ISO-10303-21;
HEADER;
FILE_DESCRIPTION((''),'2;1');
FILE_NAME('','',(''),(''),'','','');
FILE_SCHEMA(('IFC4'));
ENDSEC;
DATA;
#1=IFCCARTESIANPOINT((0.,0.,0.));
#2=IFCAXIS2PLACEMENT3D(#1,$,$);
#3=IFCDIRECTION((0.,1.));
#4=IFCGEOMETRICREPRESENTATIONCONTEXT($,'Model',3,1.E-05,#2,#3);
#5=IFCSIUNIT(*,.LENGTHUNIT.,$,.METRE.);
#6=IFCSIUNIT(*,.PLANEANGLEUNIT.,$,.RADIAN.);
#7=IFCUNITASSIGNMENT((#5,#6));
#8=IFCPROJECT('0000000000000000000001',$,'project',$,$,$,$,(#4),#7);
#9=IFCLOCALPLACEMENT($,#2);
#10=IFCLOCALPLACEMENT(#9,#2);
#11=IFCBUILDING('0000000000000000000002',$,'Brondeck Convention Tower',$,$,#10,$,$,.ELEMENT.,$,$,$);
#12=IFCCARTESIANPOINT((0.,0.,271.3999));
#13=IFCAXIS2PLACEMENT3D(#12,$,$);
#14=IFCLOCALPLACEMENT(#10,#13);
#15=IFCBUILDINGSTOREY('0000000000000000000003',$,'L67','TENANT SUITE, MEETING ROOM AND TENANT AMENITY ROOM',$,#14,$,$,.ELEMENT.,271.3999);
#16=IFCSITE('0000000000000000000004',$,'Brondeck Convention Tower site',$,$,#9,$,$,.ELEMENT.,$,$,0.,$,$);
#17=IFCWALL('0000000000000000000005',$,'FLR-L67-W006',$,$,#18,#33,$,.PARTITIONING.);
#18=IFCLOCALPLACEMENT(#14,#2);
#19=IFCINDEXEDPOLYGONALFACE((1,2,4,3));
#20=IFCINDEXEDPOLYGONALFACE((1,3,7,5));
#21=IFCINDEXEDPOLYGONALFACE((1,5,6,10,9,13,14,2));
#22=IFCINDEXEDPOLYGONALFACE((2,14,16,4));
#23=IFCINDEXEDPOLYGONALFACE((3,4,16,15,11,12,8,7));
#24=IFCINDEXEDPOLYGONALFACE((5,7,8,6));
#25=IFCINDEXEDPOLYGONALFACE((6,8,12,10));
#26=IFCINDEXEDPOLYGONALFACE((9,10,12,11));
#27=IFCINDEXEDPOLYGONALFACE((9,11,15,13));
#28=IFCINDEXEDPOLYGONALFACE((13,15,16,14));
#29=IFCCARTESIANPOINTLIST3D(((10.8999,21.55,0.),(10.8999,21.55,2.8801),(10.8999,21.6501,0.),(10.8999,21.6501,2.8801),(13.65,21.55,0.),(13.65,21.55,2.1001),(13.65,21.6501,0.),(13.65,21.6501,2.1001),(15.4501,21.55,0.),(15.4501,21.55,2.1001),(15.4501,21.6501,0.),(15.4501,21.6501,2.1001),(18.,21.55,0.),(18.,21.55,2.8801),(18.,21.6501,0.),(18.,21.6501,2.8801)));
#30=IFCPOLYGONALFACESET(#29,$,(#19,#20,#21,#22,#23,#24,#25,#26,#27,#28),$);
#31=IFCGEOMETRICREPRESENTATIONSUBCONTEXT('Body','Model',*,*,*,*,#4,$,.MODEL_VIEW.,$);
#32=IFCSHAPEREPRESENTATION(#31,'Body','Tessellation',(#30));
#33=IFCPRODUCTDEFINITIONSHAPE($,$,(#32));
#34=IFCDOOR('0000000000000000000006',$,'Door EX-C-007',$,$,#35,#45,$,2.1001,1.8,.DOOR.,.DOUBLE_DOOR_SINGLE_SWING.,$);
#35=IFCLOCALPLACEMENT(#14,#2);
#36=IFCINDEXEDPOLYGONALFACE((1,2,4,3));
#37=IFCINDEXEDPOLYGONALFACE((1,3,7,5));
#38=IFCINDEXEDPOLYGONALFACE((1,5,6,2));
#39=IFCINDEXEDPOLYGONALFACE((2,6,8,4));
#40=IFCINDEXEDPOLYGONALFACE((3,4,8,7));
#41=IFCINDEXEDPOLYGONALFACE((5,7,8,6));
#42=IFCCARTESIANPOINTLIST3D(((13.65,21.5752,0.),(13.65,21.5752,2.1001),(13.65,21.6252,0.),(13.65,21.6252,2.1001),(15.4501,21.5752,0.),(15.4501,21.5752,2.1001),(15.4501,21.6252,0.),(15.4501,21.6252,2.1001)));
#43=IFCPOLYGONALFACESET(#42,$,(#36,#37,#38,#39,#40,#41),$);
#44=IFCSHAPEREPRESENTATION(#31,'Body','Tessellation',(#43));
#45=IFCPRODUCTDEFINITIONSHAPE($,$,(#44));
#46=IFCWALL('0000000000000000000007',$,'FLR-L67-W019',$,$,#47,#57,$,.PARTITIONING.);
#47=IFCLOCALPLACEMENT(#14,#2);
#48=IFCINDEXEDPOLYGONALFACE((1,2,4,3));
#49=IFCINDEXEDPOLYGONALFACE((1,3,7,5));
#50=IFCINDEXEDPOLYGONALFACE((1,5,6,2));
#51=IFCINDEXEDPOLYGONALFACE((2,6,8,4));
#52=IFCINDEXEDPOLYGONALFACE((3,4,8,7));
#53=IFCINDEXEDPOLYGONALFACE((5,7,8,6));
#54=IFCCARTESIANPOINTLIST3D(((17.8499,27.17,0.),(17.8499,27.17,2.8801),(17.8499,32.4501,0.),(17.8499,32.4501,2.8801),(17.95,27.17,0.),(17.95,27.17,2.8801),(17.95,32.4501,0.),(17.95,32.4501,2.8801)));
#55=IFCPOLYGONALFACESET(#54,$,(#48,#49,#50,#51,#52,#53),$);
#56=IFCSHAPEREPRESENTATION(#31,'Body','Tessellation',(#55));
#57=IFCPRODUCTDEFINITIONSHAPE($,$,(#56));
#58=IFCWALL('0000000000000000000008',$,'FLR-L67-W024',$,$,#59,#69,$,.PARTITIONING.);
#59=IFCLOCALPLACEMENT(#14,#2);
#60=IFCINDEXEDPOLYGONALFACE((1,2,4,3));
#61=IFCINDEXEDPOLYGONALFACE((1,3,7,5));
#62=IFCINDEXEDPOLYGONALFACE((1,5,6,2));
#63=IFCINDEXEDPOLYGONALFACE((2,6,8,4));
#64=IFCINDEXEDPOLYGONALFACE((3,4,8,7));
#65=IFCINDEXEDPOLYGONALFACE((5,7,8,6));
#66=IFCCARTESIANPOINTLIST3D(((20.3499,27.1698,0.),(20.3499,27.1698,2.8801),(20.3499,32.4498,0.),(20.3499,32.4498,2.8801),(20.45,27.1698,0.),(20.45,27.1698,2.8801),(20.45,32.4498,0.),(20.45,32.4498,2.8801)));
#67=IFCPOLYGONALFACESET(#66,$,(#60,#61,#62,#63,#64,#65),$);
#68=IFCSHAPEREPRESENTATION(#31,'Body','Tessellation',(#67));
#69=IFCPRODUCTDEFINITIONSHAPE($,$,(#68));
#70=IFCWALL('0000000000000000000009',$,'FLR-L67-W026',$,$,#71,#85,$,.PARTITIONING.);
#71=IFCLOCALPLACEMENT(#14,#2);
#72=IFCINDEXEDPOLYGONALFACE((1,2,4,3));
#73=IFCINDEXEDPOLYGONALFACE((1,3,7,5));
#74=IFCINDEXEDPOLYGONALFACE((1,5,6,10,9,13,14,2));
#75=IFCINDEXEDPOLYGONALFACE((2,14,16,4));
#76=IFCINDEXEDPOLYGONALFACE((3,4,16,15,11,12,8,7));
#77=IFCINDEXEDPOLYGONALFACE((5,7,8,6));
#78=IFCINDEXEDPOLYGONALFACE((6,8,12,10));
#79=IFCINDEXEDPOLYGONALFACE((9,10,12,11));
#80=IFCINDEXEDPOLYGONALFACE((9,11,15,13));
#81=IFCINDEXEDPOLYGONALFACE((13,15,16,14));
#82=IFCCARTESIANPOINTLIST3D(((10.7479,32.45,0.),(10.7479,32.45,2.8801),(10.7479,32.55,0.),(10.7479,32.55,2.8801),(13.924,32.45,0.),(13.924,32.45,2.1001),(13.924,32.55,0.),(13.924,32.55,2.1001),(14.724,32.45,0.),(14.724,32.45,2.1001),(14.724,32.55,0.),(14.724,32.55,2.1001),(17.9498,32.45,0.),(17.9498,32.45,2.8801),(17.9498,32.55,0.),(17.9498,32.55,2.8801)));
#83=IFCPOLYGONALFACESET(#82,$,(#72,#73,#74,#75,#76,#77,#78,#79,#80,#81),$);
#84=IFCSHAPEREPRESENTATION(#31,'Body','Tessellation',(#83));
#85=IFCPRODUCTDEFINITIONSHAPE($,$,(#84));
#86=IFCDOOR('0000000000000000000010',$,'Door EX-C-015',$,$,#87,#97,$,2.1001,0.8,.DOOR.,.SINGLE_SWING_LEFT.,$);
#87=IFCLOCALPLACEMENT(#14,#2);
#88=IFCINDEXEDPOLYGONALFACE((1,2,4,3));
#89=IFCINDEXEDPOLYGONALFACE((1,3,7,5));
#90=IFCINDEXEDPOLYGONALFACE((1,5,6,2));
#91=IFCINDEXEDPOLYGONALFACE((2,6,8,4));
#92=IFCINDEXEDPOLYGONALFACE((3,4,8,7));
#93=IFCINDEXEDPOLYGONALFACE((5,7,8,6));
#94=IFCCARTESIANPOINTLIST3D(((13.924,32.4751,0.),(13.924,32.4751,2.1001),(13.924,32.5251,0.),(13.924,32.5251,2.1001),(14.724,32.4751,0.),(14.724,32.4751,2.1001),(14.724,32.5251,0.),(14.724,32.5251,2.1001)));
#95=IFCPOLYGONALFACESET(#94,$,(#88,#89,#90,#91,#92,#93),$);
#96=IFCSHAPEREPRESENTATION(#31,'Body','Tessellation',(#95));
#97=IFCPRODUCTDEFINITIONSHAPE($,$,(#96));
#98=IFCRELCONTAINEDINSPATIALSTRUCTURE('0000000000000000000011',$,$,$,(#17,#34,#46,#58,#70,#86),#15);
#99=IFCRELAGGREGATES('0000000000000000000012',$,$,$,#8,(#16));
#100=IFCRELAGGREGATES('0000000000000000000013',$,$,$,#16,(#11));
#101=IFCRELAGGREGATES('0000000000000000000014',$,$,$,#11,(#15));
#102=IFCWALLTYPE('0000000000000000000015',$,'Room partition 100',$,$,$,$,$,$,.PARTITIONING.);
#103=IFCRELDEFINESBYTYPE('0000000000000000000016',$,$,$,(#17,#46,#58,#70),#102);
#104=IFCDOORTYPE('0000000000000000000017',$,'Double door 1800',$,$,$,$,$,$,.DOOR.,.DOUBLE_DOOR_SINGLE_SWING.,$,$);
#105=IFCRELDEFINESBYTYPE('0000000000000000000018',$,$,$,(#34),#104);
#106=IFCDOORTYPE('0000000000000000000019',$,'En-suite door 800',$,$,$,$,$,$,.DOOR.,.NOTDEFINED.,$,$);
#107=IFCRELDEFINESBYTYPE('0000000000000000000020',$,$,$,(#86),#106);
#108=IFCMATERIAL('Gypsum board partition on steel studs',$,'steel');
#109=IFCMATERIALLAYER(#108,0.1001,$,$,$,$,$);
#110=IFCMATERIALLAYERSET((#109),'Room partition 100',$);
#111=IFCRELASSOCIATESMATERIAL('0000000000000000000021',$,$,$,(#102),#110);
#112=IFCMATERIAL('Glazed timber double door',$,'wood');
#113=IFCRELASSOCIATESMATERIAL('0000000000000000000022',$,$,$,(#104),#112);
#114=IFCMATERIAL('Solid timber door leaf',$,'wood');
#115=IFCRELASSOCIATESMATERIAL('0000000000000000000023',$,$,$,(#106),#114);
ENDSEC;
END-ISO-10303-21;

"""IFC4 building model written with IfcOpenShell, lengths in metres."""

from ifc_helpers import new_model, si_unit, direction, frame, frame_2d, origin, place, context, subcontext, project, spatial, rectangle, extrude, material, layer, layer_set, type_object, element, fill, save


model = new_model("IFC4")

# Units and contexts
model_context = context("Model", 3, precision=1e-05, world=origin(), true_north=direction((0.0, 1.0)))
body_context = subcontext(model_context, "Body", "Model", "MODEL_VIEW")
ifc_project = project(units=[si_unit("LENGTHUNIT", "METRE"), si_unit("PLANEANGLEUNIT", "RADIAN")], contexts=[model_context])

# Site, building, storey
site_placement = place(None, origin())
site = spatial("IfcSite", under=ifc_project, at=site_placement, Name="Brondeck Convention Tower site", CompositionType="ELEMENT", RefElevation=0.0)
building_placement = place(site_placement, origin())
building = spatial("IfcBuilding", under=site, at=building_placement, Name="Brondeck Convention Tower", CompositionType="ELEMENT")
storey_placement = place(building_placement, frame((0.0, 0.0, 271.3999)))
storey = spatial("IfcBuildingStorey", under=building, at=storey_placement, Name="L67", Description="TENANT SUITE, MEETING ROOM AND TENANT AMENITY ROOM", CompositionType="ELEMENT", Elevation=271.3999)

# Shared definitions
ifc_material_1 = material(Name="Gypsum board partition on steel studs", Category="steel")
ifc_layer_1 = layer(ifc_material_1, 0.1001)
ifc_layer_set_1 = layer_set([ifc_layer_1], Name="Room partition 100")
wall_type_1 = type_object("IfcWallType", Name="Room partition 100", PredefinedType="PARTITIONING", material=ifc_layer_set_1)

# Wall, opening, door
wall_1_placement = place(storey_placement, frame((18.0, 21.6001, 0.0), z_axis=(0.0, 0.0, 1.0), x_axis=(-1.0, 0.0, 0.0)))
wall_1 = element("IfcWall", 1, at=wall_1_placement, inside=storey, type_object=wall_type_1, Name="FLR-L67-W006", PredefinedType="PARTITIONING", context=body_context, shape_type="SweptSolid", body=[
    extrude(rectangle(XDim=7.1001, YDim=0.1001, at=frame_2d((3.55, 0.0))), origin(), (0.0, 0.0, 1.0), 2.8801),
])
opening_1_placement = place(wall_1_placement, frame((2.55, 0.0, 0.0)))
opening_1 = element("IfcOpeningElement", 2, at=opening_1_placement, cuts=wall_1, PredefinedType="OPENING", context=body_context, shape_type="SweptSolid", body=[
    extrude(rectangle(XDim=1.8, YDim=2.1001, at=frame_2d((0.8999, 1.05))), frame((0.0, 0.0601, 0.0), z_axis=(0.0, -1.0, 0.0), x_axis=(1.0, 0.0, 0.0)), (0.0, 0.0, 1.0), 0.1201),
])
ifc_material_2 = material(Name="Glazed timber double door", Category="wood")
door_type_1 = type_object("IfcDoorType", Name="Double door 1800", OperationType="DOUBLE_DOOR_SINGLE_SWING", PredefinedType="DOOR", material=ifc_material_2)
door_1_placement = place(opening_1_placement, origin())
door_1 = element("IfcDoor", 3, at=door_1_placement, inside=storey, type_object=door_type_1, Name="Door EX-C-007", OperationType="DOUBLE_DOOR_SINGLE_SWING", OverallHeight=2.1001, OverallWidth=1.8, PredefinedType="DOOR", context=body_context, shape_type="SweptSolid", body=[
    extrude(rectangle(XDim=1.8, YDim=2.1001, at=frame_2d((0.8999, 1.05))), frame((0.0, 0.0249, 0.0), z_axis=(0.0, -1.0, 0.0), x_axis=(1.0, 0.0, 0.0)), (0.0, 0.0, 1.0), 0.05),
])
fill(opening_1, door_1)

# Walls
for number, where, z_axis, x_axis, name in (
    (4, (17.8999, 27.1699, 0.0), (0.0, 0.0, 1.0), (0.0, 1.0, 0.0), "FLR-L67-W019"),
    (5, (20.3999, 32.45, 0.0), (0.0, 0.0, 1.0), (0.0, -1.0, 0.0), "FLR-L67-W024"),
):
    element("IfcWall", number, at=place(storey_placement, frame(where, z_axis=z_axis, x_axis=x_axis)), inside=storey, type_object=wall_type_1, Name=name, PredefinedType="PARTITIONING", context=body_context, shape_type="SweptSolid", body=[
        extrude(rectangle(XDim=5.28, YDim=0.1001, at=frame_2d((2.6401, 0.0))), origin(), (0.0, 0.0, 1.0), 2.8801),
    ])

# Wall, opening, door
wall_2_placement = place(storey_placement, frame((17.95, 32.5, 0.0), z_axis=(0.0, 0.0, 1.0), x_axis=(-1.0, 0.0, 0.0)))
wall_2 = element("IfcWall", 6, at=wall_2_placement, inside=storey, type_object=wall_type_1, Name="FLR-L67-W026", PredefinedType="PARTITIONING", context=body_context, shape_type="SweptSolid", body=[
    extrude(rectangle(XDim=7.2019, YDim=0.1001, at=frame_2d((3.6011, 0.0))), origin(), (0.0, 0.0, 1.0), 2.8801),
])
opening_2_placement = place(wall_2_placement, frame((3.2261, 0.0, 0.0)))
opening_2 = element("IfcOpeningElement", 7, at=opening_2_placement, cuts=wall_2, PredefinedType="OPENING", context=body_context, shape_type="SweptSolid", body=[
    extrude(rectangle(XDim=0.8, YDim=2.1001, at=frame_2d((0.3999, 1.05))), frame((0.0, 0.0601, 0.0), z_axis=(0.0, -1.0, 0.0), x_axis=(1.0, 0.0, 0.0)), (0.0, 0.0, 1.0), 0.1201),
])
ifc_material_3 = material(Name="Solid timber door leaf", Category="wood")
door_type_2 = type_object("IfcDoorType", Name="En-suite door 800", OperationType="NOTDEFINED", PredefinedType="DOOR", material=ifc_material_3)
door_2_placement = place(opening_2_placement, origin())
door_2 = element("IfcDoor", 8, at=door_2_placement, inside=storey, type_object=door_type_2, Name="Door EX-C-015", OperationType="SINGLE_SWING_LEFT", OverallHeight=2.1001, OverallWidth=0.8, PredefinedType="DOOR", context=body_context, shape_type="SweptSolid", body=[
    extrude(rectangle(XDim=0.8, YDim=2.1001, at=frame_2d((0.3999, 1.05))), frame((0.0, 0.0249, 0.0), z_axis=(0.0, -1.0, 0.0), x_axis=(1.0, 0.0, 0.0)), (0.0, 0.0, 1.0), 0.05),
])
fill(opening_2, door_2)

save(model, "model.ifc")
